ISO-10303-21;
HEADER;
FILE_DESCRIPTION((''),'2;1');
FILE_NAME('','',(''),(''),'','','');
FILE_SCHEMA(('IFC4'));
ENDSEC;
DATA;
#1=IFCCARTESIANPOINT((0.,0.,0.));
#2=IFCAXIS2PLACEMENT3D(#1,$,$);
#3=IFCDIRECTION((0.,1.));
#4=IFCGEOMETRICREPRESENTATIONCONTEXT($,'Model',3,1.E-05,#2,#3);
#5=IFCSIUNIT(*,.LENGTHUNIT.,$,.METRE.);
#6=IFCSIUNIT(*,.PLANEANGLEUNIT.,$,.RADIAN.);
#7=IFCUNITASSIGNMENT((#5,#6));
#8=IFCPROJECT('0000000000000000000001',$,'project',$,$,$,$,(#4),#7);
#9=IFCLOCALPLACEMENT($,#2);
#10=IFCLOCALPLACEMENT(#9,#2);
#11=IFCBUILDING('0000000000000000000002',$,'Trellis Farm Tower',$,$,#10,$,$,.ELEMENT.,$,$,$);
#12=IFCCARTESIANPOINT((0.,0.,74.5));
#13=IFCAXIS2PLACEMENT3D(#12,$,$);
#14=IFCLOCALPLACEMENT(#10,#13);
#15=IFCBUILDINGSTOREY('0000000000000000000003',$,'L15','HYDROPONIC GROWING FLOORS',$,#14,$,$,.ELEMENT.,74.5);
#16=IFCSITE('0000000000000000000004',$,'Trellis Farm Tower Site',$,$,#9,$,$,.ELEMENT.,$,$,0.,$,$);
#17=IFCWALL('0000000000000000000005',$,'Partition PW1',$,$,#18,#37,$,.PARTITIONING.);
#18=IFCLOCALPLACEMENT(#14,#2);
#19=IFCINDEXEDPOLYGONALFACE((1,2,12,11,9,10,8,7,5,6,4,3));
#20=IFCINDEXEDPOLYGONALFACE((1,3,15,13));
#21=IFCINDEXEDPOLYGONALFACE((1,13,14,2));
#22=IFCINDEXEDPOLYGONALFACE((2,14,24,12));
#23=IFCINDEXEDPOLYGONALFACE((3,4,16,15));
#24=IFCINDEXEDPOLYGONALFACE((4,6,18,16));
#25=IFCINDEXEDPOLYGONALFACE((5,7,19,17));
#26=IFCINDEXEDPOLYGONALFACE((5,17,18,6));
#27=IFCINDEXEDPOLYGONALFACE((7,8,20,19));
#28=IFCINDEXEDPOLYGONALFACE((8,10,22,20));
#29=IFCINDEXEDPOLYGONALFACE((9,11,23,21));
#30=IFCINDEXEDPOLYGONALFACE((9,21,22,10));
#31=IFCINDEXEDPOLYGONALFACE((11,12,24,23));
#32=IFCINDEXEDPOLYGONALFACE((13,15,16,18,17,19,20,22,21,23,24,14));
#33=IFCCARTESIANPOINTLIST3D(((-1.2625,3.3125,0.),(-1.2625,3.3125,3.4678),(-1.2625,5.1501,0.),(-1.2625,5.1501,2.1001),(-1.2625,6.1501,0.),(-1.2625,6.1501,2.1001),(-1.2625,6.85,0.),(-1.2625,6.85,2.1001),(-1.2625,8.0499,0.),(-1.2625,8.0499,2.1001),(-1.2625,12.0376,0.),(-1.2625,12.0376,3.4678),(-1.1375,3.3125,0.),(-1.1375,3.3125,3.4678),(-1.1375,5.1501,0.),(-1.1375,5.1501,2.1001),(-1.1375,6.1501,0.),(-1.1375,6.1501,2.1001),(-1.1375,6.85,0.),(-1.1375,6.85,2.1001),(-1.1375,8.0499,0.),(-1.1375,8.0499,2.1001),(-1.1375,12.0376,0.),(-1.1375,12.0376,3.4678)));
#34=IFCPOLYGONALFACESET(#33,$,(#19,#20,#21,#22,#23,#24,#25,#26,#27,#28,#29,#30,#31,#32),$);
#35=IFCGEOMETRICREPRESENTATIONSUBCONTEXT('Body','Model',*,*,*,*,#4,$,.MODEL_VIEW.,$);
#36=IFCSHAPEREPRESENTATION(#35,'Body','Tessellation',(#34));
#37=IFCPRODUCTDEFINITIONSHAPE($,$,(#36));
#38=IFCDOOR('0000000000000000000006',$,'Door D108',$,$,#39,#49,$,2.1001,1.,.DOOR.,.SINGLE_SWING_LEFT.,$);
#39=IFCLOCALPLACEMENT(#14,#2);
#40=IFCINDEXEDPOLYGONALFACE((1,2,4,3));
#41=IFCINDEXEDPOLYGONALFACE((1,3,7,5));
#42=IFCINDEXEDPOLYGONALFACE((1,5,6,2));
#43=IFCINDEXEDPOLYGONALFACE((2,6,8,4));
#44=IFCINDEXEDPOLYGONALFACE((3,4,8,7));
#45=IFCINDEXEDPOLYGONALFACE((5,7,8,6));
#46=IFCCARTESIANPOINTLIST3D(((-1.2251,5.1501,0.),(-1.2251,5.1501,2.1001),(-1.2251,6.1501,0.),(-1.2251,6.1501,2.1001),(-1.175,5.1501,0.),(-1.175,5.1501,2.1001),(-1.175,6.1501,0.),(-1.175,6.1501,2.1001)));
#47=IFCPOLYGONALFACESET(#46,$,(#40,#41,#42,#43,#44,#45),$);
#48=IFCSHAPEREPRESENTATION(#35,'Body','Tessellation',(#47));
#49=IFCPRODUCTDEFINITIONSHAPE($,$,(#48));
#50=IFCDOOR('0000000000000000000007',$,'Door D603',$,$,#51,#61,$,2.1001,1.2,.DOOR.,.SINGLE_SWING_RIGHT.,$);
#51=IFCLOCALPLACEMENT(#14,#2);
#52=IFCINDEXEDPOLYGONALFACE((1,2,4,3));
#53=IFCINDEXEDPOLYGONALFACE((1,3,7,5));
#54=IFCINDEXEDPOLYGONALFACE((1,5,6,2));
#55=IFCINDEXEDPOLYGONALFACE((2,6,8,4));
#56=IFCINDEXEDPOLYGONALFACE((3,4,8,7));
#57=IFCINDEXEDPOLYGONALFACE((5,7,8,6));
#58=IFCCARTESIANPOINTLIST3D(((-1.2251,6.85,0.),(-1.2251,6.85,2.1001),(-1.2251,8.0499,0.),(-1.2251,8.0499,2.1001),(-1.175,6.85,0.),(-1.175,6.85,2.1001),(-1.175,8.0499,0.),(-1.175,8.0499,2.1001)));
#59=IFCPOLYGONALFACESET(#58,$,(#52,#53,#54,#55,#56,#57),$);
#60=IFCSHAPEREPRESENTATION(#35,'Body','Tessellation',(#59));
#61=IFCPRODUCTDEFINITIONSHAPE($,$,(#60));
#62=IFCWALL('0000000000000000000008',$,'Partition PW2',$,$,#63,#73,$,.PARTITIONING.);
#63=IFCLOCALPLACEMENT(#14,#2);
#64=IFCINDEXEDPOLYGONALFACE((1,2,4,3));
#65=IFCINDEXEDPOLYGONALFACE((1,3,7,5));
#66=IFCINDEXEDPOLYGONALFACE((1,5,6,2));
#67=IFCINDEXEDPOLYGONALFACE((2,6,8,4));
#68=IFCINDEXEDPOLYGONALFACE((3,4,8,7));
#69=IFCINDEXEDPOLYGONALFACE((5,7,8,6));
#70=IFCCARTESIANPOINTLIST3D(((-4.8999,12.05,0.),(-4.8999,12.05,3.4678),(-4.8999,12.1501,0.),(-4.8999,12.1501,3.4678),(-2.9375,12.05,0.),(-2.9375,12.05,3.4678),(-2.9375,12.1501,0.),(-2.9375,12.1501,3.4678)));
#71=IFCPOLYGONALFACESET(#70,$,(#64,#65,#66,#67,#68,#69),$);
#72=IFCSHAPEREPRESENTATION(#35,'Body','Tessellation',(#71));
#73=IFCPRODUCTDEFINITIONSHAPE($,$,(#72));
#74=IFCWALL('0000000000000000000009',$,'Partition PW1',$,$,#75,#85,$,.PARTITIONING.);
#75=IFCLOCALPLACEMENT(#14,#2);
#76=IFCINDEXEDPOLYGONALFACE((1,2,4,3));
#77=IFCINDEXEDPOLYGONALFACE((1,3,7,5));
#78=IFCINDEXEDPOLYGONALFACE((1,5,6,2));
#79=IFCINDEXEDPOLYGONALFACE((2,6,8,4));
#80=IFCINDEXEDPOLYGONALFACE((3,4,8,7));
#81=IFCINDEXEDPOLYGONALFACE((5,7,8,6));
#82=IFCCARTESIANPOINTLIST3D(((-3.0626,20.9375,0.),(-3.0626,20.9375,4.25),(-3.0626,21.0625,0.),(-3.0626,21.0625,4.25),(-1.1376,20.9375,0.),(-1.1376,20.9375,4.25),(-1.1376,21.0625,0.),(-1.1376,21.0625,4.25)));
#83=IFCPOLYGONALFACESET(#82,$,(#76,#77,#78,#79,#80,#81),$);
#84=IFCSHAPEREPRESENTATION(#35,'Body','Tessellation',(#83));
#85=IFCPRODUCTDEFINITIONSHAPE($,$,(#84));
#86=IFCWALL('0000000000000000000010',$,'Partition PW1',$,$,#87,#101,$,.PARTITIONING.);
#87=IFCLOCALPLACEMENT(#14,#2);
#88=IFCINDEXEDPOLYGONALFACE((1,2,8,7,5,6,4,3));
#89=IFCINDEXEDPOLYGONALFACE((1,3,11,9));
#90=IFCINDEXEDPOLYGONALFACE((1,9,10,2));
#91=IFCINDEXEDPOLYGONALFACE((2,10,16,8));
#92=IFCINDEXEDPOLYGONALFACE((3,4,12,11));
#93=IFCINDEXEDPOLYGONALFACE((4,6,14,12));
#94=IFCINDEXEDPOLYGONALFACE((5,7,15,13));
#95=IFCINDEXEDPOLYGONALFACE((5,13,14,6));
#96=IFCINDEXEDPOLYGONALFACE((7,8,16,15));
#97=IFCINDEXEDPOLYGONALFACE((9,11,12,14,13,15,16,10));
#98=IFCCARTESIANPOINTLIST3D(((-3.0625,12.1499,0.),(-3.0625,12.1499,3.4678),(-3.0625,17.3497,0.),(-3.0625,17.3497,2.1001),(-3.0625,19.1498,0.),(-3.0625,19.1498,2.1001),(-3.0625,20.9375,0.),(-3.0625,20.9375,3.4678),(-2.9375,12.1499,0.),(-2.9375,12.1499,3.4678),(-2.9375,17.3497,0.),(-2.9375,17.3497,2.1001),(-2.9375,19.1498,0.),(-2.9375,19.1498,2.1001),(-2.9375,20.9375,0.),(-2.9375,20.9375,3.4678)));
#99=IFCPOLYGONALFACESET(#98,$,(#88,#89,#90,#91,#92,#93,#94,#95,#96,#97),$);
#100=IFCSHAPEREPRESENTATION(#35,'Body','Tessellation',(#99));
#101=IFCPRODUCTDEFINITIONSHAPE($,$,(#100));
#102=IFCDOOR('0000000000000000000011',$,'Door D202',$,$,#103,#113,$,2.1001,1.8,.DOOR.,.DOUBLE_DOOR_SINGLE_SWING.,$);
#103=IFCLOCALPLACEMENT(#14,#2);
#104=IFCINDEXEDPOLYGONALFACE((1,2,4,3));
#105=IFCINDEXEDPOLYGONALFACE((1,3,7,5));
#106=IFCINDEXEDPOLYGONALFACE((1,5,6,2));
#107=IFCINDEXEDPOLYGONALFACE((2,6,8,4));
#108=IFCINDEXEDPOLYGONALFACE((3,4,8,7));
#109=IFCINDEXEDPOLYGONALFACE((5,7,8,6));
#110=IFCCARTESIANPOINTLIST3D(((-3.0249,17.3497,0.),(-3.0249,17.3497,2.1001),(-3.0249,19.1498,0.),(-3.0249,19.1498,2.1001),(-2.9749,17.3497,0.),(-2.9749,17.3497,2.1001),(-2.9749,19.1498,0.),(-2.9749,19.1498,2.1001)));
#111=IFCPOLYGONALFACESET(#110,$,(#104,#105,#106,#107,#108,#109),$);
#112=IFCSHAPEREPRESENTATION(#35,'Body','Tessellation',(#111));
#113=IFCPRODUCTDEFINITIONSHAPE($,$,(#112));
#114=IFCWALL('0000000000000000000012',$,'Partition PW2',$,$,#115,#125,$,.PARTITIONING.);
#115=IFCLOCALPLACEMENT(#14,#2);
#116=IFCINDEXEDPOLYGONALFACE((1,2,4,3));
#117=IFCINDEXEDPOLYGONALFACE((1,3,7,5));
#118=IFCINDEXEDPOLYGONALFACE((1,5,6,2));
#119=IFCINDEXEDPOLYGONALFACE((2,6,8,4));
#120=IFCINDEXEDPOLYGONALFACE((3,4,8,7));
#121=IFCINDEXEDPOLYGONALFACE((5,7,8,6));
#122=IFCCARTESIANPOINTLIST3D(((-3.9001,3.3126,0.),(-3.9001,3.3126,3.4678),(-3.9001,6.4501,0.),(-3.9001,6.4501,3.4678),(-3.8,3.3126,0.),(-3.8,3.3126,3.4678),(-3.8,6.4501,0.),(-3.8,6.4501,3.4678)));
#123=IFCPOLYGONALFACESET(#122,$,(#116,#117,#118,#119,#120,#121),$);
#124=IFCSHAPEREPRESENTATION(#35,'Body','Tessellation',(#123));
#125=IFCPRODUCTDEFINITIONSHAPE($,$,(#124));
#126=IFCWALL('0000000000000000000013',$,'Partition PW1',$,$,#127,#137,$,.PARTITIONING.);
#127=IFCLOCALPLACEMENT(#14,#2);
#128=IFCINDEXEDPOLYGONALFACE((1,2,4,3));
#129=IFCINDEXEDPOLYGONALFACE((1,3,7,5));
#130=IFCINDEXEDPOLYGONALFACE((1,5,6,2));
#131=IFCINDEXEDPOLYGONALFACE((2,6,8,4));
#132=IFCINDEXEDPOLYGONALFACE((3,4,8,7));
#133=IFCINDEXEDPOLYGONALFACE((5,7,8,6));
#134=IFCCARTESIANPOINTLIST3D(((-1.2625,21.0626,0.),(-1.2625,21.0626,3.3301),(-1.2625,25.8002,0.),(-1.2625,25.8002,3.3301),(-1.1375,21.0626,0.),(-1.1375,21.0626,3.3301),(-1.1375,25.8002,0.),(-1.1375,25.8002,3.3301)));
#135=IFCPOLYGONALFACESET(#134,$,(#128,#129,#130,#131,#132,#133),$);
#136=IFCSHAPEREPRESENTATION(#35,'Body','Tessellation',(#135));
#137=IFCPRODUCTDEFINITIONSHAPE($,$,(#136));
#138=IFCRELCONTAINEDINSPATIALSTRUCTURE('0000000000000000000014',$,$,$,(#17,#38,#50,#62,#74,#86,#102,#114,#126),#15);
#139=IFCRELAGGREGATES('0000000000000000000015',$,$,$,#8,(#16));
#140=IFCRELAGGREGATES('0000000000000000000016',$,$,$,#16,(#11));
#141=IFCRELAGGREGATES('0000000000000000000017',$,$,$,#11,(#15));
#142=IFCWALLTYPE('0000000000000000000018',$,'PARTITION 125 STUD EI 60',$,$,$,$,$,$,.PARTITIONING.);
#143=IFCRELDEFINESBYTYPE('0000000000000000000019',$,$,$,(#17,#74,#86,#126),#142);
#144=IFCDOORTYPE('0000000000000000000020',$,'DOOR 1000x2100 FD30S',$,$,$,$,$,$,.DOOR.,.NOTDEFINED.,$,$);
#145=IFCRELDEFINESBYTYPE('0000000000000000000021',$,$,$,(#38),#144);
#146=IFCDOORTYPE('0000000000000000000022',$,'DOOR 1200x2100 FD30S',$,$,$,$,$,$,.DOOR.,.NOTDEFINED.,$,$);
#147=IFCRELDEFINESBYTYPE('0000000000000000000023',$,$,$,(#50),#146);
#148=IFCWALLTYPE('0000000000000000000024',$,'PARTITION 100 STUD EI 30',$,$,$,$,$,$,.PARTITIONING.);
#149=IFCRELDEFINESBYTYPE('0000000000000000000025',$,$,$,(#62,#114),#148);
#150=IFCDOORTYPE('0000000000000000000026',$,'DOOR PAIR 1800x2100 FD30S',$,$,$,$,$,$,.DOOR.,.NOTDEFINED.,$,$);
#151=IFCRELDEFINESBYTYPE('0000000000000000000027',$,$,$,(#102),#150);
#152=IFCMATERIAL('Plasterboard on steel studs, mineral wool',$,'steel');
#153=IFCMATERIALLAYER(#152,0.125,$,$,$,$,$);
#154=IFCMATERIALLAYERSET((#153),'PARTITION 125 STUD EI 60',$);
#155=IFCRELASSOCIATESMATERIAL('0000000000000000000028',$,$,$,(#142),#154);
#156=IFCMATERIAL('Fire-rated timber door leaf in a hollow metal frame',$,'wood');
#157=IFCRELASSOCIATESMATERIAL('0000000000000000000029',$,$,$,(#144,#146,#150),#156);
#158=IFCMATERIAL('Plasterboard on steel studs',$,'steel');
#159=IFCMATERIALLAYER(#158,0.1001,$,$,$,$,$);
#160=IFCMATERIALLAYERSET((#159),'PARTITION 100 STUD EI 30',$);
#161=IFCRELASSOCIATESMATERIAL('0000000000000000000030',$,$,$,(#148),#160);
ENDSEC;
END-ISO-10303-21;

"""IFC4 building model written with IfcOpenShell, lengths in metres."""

from ifc_helpers import new_model, si_unit, direction, frame, frame_2d, origin, place, context, subcontext, project, spatial, rectangle, extrude, source, transform, mapped, material, layer, layer_set, type_object, element, fill, save


model = new_model("IFC4")

# Units and contexts
model_context = context("Model", 3, precision=1e-05, world=origin(), true_north=direction((0.0, 1.0)))
body_context = subcontext(model_context, "Body", "Model", "MODEL_VIEW")
ifc_project = project(units=[si_unit("LENGTHUNIT", "METRE"), si_unit("PLANEANGLEUNIT", "RADIAN")], contexts=[model_context])

# Site, building, storey
site_placement = place(None, origin())
site = spatial("IfcSite", under=ifc_project, at=site_placement, Name="Trellis Farm Tower Site", CompositionType="ELEMENT", RefElevation=0.0)
building_placement = place(site_placement, origin())
building = spatial("IfcBuilding", under=site, at=building_placement, Name="Trellis Farm Tower", CompositionType="ELEMENT")
storey_placement = place(building_placement, frame((0.0, 0.0, 74.5)))
storey = spatial("IfcBuildingStorey", under=building, at=storey_placement, Name="L15", Description="HYDROPONIC GROWING FLOORS", CompositionType="ELEMENT", Elevation=74.5)

# Shared definitions
shared_shape_1 = source(origin(), body_context, "Body", "SweptSolid", [
    extrude(rectangle(XDim=1.2, YDim=2.1001, at=frame_2d((0.6001, 1.05))), frame((0.0, 0.0249, 0.0), z_axis=(0.0, -1.0, 0.0), x_axis=(1.0, 0.0, 0.0)), (0.0, 0.0, 1.0), 0.05),
])

# Shared definitions
ifc_material_1 = material(Name="Plasterboard on steel studs, mineral wool", Category="steel")
ifc_layer_1 = layer(ifc_material_1, 0.125)
ifc_layer_set_1 = layer_set([ifc_layer_1], Name="PARTITION 125 STUD EI 60")
wall_type_1 = type_object("IfcWallType", Name="PARTITION 125 STUD EI 60", PredefinedType="PARTITIONING", material=ifc_layer_set_1)

# Wall, openings, doors
shared_shape_2 = source(origin(), body_context, "Body", "SweptSolid", [
    extrude(rectangle(XDim=8.7251, YDim=0.125, at=frame_2d((4.3625, 0.0))), origin(), (0.0, 0.0, 1.0), 3.4678),
])
wall_1_placement = place(storey_placement, frame((-1.2, 12.0376, 0.0), z_axis=(0.0, 0.0, 1.0), x_axis=(0.0, -1.0, 0.0)))
wall_1 = element("IfcWall", 1, at=wall_1_placement, inside=storey, type_object=wall_type_1, Name="Partition PW1", PredefinedType="PARTITIONING", context=body_context, shape_type="MappedRepresentation", body=[
    mapped(shared_shape_2, transform((0.0, 0.0, 0.0))),
])
shared_shape_3 = source(origin(), body_context, "Body", "SweptSolid", [
    extrude(rectangle(XDim=1.0, YDim=2.1001, at=frame_2d((0.5, 1.05))), frame((0.0, 0.0725, 0.0), z_axis=(0.0, -1.0, 0.0), x_axis=(1.0, 0.0, 0.0)), (0.0, 0.0, 1.0), 0.145),
])
opening_1_placement = place(wall_1_placement, frame((5.8875, 0.0, 0.0)))
opening_1 = element("IfcOpeningElement", 2, at=opening_1_placement, cuts=wall_1, PredefinedType="OPENING", context=body_context, shape_type="MappedRepresentation", body=[
    mapped(shared_shape_3, transform((0.0, 0.0, 0.0))),
])
shared_shape_4 = source(origin(), body_context, "Body", "SweptSolid", [
    extrude(rectangle(XDim=1.2, YDim=2.1001, at=frame_2d((0.6001, 1.05))), frame((0.0, 0.0725, 0.0), z_axis=(0.0, -1.0, 0.0), x_axis=(1.0, 0.0, 0.0)), (0.0, 0.0, 1.0), 0.145),
])
opening_2_placement = place(wall_1_placement, frame((3.9875, 0.0, 0.0)))
opening_2 = element("IfcOpeningElement", 3, at=opening_2_placement, cuts=wall_1, PredefinedType="OPENING", context=body_context, shape_type="MappedRepresentation", body=[
    mapped(shared_shape_4, transform((0.0, 0.0, 0.0))),
])
ifc_material_2 = material(Name="Fire-rated timber door leaf in a hollow metal frame", Category="wood")
door_type_1 = type_object("IfcDoorType", Name="DOOR 1000x2100 FD30S", OperationType="NOTDEFINED", PredefinedType="DOOR", material=ifc_material_2)
shared_shape_5 = source(origin(), body_context, "Body", "SweptSolid", [
    extrude(rectangle(XDim=1.0, YDim=2.1001, at=frame_2d((0.5, 1.05))), frame((0.0, 0.0249, 0.0), z_axis=(0.0, -1.0, 0.0), x_axis=(1.0, 0.0, 0.0)), (0.0, 0.0, 1.0), 0.05),
])
door_1_placement = place(opening_1_placement, origin())
door_1 = element("IfcDoor", 4, at=door_1_placement, inside=storey, type_object=door_type_1, Name="Door D108", OperationType="SINGLE_SWING_LEFT", OverallHeight=2.1001, OverallWidth=1.0, PredefinedType="DOOR", context=body_context, shape_type="MappedRepresentation", body=[
    mapped(shared_shape_5, transform((0.0, 0.0, 0.0))),
])
fill(opening_1, door_1)
door_type_2 = type_object("IfcDoorType", Name="DOOR 1200x2100 FD30S", OperationType="NOTDEFINED", PredefinedType="DOOR", material=ifc_material_2)
door_2_placement = place(opening_2_placement, origin())
door_2 = element("IfcDoor", 5, at=door_2_placement, inside=storey, type_object=door_type_2, Name="Door D603", OperationType="SINGLE_SWING_RIGHT", OverallHeight=2.1001, OverallWidth=1.2, PredefinedType="DOOR", context=body_context, shape_type="MappedRepresentation", body=[
    mapped(shared_shape_1, transform((0.0, 0.0, 0.0))),
])
fill(opening_2, door_2)

# Walls
ifc_material_3 = material(Name="Plasterboard on steel studs", Category="steel")
ifc_layer_2 = layer(ifc_material_3, 0.1001)
ifc_layer_set_2 = layer_set([ifc_layer_2], Name="PARTITION 100 STUD EI 30")
wall_type_2 = type_object("IfcWallType", Name="PARTITION 100 STUD EI 30", PredefinedType="PARTITIONING", material=ifc_layer_set_2)
shared_shape_6 = source(origin(), body_context, "Body", "SweptSolid", [
    extrude(rectangle(XDim=1.9624, YDim=0.1001, at=frame_2d((0.9812, 0.0))), origin(), (0.0, 0.0, 1.0), 3.4678),
])
wall_2_placement = place(storey_placement, frame((-4.8999, 12.1001, 0.0), z_axis=(0.0, 0.0, 1.0), x_axis=(1.0, 0.0, 0.0)))
element("IfcWall", 6, at=wall_2_placement, inside=storey, type_object=wall_type_2, Name="Partition PW2", PredefinedType="PARTITIONING", context=body_context, shape_type="MappedRepresentation", body=[
    mapped(shared_shape_6, transform((0.0, 0.0, 0.0))),
])
shared_shape_7 = source(origin(), body_context, "Body", "SweptSolid", [
    extrude(rectangle(XDim=1.925, YDim=0.125, at=frame_2d((0.9624, 0.0))), origin(), (0.0, 0.0, 1.0), 4.25),
])
wall_3_placement = place(storey_placement, frame((-3.0625, 21.0, 0.0), z_axis=(0.0, 0.0, 1.0), x_axis=(1.0, 0.0, 0.0)))
element("IfcWall", 7, at=wall_3_placement, inside=storey, type_object=wall_type_1, Name="Partition PW1", PredefinedType="PARTITIONING", context=body_context, shape_type="MappedRepresentation", body=[
    mapped(shared_shape_7, transform((0.0, 0.0, 0.0))),
])

# Wall, opening, door
shared_shape_8 = source(origin(), body_context, "Body", "SweptSolid", [
    extrude(rectangle(XDim=8.7876, YDim=0.125, at=frame_2d((4.3938, 0.0))), origin(), (0.0, 0.0, 1.0), 3.4678),
])
wall_4_placement = place(storey_placement, frame((-3.0, 12.1499, 0.0), z_axis=(0.0, 0.0, 1.0), x_axis=(0.0, 1.0, 0.0)))
wall_4 = element("IfcWall", 8, at=wall_4_placement, inside=storey, type_object=wall_type_1, Name="Partition PW1", PredefinedType="PARTITIONING", context=body_context, shape_type="MappedRepresentation", body=[
    mapped(shared_shape_8, transform((0.0, 0.0, 0.0))),
])
shared_shape_9 = source(origin(), body_context, "Body", "SweptSolid", [
    extrude(rectangle(XDim=1.8, YDim=2.1001, at=frame_2d((0.8999, 1.05))), frame((0.0, 0.0725, 0.0), z_axis=(0.0, -1.0, 0.0), x_axis=(1.0, 0.0, 0.0)), (0.0, 0.0, 1.0), 0.145),
])
opening_3_placement = place(wall_4_placement, frame((5.2, 0.0, 0.0)))
opening_3 = element("IfcOpeningElement", 9, at=opening_3_placement, cuts=wall_4, PredefinedType="OPENING", context=body_context, shape_type="MappedRepresentation", body=[
    mapped(shared_shape_9, transform((0.0, 0.0, 0.0))),
])
door_type_3 = type_object("IfcDoorType", Name="DOOR PAIR 1800x2100 FD30S", OperationType="NOTDEFINED", PredefinedType="DOOR", material=ifc_material_2)
shared_shape_10 = source(origin(), body_context, "Body", "SweptSolid", [
    extrude(rectangle(XDim=1.8, YDim=2.1001, at=frame_2d((0.8999, 1.05))), frame((0.0, 0.0249, 0.0), z_axis=(0.0, -1.0, 0.0), x_axis=(1.0, 0.0, 0.0)), (0.0, 0.0, 1.0), 0.05),
])
door_3_placement = place(opening_3_placement, origin())
door_3 = element("IfcDoor", 10, at=door_3_placement, inside=storey, type_object=door_type_3, Name="Door D202", OperationType="DOUBLE_DOOR_SINGLE_SWING", OverallHeight=2.1001, OverallWidth=1.8, PredefinedType="DOOR", context=body_context, shape_type="MappedRepresentation", body=[
    mapped(shared_shape_10, transform((0.0, 0.0, 0.0))),
])
fill(opening_3, door_3)

# Walls
shared_shape_11 = source(origin(), body_context, "Body", "SweptSolid", [
    extrude(rectangle(XDim=3.1375, YDim=0.1001, at=frame_2d((1.5688, 0.0))), origin(), (0.0, 0.0, 1.0), 3.4678),
])
wall_5_placement = place(storey_placement, frame((-3.8501, 3.3125, 0.0), z_axis=(0.0, 0.0, 1.0), x_axis=(0.0, 1.0, 0.0)))
element("IfcWall", 11, at=wall_5_placement, inside=storey, type_object=wall_type_2, Name="Partition PW2", PredefinedType="PARTITIONING", context=body_context, shape_type="MappedRepresentation", body=[
    mapped(shared_shape_11, transform((0.0, 0.0, 0.0))),
])
shared_shape_12 = source(origin(), body_context, "Body", "SweptSolid", [
    extrude(rectangle(XDim=4.7375, YDim=0.125, at=frame_2d((2.3687, 0.0))), origin(), (0.0, 0.0, 1.0), 3.3301),
])
wall_6_placement = place(storey_placement, frame((-1.2, 25.8, 0.0), z_axis=(0.0, 0.0, 1.0), x_axis=(0.0, -1.0, 0.0)))
element("IfcWall", 12, at=wall_6_placement, inside=storey, type_object=wall_type_1, Name="Partition PW1", PredefinedType="PARTITIONING", context=body_context, shape_type="MappedRepresentation", body=[
    mapped(shared_shape_12, transform((0.0, 0.0, 0.0))),
])

save(model, "model.ifc")
